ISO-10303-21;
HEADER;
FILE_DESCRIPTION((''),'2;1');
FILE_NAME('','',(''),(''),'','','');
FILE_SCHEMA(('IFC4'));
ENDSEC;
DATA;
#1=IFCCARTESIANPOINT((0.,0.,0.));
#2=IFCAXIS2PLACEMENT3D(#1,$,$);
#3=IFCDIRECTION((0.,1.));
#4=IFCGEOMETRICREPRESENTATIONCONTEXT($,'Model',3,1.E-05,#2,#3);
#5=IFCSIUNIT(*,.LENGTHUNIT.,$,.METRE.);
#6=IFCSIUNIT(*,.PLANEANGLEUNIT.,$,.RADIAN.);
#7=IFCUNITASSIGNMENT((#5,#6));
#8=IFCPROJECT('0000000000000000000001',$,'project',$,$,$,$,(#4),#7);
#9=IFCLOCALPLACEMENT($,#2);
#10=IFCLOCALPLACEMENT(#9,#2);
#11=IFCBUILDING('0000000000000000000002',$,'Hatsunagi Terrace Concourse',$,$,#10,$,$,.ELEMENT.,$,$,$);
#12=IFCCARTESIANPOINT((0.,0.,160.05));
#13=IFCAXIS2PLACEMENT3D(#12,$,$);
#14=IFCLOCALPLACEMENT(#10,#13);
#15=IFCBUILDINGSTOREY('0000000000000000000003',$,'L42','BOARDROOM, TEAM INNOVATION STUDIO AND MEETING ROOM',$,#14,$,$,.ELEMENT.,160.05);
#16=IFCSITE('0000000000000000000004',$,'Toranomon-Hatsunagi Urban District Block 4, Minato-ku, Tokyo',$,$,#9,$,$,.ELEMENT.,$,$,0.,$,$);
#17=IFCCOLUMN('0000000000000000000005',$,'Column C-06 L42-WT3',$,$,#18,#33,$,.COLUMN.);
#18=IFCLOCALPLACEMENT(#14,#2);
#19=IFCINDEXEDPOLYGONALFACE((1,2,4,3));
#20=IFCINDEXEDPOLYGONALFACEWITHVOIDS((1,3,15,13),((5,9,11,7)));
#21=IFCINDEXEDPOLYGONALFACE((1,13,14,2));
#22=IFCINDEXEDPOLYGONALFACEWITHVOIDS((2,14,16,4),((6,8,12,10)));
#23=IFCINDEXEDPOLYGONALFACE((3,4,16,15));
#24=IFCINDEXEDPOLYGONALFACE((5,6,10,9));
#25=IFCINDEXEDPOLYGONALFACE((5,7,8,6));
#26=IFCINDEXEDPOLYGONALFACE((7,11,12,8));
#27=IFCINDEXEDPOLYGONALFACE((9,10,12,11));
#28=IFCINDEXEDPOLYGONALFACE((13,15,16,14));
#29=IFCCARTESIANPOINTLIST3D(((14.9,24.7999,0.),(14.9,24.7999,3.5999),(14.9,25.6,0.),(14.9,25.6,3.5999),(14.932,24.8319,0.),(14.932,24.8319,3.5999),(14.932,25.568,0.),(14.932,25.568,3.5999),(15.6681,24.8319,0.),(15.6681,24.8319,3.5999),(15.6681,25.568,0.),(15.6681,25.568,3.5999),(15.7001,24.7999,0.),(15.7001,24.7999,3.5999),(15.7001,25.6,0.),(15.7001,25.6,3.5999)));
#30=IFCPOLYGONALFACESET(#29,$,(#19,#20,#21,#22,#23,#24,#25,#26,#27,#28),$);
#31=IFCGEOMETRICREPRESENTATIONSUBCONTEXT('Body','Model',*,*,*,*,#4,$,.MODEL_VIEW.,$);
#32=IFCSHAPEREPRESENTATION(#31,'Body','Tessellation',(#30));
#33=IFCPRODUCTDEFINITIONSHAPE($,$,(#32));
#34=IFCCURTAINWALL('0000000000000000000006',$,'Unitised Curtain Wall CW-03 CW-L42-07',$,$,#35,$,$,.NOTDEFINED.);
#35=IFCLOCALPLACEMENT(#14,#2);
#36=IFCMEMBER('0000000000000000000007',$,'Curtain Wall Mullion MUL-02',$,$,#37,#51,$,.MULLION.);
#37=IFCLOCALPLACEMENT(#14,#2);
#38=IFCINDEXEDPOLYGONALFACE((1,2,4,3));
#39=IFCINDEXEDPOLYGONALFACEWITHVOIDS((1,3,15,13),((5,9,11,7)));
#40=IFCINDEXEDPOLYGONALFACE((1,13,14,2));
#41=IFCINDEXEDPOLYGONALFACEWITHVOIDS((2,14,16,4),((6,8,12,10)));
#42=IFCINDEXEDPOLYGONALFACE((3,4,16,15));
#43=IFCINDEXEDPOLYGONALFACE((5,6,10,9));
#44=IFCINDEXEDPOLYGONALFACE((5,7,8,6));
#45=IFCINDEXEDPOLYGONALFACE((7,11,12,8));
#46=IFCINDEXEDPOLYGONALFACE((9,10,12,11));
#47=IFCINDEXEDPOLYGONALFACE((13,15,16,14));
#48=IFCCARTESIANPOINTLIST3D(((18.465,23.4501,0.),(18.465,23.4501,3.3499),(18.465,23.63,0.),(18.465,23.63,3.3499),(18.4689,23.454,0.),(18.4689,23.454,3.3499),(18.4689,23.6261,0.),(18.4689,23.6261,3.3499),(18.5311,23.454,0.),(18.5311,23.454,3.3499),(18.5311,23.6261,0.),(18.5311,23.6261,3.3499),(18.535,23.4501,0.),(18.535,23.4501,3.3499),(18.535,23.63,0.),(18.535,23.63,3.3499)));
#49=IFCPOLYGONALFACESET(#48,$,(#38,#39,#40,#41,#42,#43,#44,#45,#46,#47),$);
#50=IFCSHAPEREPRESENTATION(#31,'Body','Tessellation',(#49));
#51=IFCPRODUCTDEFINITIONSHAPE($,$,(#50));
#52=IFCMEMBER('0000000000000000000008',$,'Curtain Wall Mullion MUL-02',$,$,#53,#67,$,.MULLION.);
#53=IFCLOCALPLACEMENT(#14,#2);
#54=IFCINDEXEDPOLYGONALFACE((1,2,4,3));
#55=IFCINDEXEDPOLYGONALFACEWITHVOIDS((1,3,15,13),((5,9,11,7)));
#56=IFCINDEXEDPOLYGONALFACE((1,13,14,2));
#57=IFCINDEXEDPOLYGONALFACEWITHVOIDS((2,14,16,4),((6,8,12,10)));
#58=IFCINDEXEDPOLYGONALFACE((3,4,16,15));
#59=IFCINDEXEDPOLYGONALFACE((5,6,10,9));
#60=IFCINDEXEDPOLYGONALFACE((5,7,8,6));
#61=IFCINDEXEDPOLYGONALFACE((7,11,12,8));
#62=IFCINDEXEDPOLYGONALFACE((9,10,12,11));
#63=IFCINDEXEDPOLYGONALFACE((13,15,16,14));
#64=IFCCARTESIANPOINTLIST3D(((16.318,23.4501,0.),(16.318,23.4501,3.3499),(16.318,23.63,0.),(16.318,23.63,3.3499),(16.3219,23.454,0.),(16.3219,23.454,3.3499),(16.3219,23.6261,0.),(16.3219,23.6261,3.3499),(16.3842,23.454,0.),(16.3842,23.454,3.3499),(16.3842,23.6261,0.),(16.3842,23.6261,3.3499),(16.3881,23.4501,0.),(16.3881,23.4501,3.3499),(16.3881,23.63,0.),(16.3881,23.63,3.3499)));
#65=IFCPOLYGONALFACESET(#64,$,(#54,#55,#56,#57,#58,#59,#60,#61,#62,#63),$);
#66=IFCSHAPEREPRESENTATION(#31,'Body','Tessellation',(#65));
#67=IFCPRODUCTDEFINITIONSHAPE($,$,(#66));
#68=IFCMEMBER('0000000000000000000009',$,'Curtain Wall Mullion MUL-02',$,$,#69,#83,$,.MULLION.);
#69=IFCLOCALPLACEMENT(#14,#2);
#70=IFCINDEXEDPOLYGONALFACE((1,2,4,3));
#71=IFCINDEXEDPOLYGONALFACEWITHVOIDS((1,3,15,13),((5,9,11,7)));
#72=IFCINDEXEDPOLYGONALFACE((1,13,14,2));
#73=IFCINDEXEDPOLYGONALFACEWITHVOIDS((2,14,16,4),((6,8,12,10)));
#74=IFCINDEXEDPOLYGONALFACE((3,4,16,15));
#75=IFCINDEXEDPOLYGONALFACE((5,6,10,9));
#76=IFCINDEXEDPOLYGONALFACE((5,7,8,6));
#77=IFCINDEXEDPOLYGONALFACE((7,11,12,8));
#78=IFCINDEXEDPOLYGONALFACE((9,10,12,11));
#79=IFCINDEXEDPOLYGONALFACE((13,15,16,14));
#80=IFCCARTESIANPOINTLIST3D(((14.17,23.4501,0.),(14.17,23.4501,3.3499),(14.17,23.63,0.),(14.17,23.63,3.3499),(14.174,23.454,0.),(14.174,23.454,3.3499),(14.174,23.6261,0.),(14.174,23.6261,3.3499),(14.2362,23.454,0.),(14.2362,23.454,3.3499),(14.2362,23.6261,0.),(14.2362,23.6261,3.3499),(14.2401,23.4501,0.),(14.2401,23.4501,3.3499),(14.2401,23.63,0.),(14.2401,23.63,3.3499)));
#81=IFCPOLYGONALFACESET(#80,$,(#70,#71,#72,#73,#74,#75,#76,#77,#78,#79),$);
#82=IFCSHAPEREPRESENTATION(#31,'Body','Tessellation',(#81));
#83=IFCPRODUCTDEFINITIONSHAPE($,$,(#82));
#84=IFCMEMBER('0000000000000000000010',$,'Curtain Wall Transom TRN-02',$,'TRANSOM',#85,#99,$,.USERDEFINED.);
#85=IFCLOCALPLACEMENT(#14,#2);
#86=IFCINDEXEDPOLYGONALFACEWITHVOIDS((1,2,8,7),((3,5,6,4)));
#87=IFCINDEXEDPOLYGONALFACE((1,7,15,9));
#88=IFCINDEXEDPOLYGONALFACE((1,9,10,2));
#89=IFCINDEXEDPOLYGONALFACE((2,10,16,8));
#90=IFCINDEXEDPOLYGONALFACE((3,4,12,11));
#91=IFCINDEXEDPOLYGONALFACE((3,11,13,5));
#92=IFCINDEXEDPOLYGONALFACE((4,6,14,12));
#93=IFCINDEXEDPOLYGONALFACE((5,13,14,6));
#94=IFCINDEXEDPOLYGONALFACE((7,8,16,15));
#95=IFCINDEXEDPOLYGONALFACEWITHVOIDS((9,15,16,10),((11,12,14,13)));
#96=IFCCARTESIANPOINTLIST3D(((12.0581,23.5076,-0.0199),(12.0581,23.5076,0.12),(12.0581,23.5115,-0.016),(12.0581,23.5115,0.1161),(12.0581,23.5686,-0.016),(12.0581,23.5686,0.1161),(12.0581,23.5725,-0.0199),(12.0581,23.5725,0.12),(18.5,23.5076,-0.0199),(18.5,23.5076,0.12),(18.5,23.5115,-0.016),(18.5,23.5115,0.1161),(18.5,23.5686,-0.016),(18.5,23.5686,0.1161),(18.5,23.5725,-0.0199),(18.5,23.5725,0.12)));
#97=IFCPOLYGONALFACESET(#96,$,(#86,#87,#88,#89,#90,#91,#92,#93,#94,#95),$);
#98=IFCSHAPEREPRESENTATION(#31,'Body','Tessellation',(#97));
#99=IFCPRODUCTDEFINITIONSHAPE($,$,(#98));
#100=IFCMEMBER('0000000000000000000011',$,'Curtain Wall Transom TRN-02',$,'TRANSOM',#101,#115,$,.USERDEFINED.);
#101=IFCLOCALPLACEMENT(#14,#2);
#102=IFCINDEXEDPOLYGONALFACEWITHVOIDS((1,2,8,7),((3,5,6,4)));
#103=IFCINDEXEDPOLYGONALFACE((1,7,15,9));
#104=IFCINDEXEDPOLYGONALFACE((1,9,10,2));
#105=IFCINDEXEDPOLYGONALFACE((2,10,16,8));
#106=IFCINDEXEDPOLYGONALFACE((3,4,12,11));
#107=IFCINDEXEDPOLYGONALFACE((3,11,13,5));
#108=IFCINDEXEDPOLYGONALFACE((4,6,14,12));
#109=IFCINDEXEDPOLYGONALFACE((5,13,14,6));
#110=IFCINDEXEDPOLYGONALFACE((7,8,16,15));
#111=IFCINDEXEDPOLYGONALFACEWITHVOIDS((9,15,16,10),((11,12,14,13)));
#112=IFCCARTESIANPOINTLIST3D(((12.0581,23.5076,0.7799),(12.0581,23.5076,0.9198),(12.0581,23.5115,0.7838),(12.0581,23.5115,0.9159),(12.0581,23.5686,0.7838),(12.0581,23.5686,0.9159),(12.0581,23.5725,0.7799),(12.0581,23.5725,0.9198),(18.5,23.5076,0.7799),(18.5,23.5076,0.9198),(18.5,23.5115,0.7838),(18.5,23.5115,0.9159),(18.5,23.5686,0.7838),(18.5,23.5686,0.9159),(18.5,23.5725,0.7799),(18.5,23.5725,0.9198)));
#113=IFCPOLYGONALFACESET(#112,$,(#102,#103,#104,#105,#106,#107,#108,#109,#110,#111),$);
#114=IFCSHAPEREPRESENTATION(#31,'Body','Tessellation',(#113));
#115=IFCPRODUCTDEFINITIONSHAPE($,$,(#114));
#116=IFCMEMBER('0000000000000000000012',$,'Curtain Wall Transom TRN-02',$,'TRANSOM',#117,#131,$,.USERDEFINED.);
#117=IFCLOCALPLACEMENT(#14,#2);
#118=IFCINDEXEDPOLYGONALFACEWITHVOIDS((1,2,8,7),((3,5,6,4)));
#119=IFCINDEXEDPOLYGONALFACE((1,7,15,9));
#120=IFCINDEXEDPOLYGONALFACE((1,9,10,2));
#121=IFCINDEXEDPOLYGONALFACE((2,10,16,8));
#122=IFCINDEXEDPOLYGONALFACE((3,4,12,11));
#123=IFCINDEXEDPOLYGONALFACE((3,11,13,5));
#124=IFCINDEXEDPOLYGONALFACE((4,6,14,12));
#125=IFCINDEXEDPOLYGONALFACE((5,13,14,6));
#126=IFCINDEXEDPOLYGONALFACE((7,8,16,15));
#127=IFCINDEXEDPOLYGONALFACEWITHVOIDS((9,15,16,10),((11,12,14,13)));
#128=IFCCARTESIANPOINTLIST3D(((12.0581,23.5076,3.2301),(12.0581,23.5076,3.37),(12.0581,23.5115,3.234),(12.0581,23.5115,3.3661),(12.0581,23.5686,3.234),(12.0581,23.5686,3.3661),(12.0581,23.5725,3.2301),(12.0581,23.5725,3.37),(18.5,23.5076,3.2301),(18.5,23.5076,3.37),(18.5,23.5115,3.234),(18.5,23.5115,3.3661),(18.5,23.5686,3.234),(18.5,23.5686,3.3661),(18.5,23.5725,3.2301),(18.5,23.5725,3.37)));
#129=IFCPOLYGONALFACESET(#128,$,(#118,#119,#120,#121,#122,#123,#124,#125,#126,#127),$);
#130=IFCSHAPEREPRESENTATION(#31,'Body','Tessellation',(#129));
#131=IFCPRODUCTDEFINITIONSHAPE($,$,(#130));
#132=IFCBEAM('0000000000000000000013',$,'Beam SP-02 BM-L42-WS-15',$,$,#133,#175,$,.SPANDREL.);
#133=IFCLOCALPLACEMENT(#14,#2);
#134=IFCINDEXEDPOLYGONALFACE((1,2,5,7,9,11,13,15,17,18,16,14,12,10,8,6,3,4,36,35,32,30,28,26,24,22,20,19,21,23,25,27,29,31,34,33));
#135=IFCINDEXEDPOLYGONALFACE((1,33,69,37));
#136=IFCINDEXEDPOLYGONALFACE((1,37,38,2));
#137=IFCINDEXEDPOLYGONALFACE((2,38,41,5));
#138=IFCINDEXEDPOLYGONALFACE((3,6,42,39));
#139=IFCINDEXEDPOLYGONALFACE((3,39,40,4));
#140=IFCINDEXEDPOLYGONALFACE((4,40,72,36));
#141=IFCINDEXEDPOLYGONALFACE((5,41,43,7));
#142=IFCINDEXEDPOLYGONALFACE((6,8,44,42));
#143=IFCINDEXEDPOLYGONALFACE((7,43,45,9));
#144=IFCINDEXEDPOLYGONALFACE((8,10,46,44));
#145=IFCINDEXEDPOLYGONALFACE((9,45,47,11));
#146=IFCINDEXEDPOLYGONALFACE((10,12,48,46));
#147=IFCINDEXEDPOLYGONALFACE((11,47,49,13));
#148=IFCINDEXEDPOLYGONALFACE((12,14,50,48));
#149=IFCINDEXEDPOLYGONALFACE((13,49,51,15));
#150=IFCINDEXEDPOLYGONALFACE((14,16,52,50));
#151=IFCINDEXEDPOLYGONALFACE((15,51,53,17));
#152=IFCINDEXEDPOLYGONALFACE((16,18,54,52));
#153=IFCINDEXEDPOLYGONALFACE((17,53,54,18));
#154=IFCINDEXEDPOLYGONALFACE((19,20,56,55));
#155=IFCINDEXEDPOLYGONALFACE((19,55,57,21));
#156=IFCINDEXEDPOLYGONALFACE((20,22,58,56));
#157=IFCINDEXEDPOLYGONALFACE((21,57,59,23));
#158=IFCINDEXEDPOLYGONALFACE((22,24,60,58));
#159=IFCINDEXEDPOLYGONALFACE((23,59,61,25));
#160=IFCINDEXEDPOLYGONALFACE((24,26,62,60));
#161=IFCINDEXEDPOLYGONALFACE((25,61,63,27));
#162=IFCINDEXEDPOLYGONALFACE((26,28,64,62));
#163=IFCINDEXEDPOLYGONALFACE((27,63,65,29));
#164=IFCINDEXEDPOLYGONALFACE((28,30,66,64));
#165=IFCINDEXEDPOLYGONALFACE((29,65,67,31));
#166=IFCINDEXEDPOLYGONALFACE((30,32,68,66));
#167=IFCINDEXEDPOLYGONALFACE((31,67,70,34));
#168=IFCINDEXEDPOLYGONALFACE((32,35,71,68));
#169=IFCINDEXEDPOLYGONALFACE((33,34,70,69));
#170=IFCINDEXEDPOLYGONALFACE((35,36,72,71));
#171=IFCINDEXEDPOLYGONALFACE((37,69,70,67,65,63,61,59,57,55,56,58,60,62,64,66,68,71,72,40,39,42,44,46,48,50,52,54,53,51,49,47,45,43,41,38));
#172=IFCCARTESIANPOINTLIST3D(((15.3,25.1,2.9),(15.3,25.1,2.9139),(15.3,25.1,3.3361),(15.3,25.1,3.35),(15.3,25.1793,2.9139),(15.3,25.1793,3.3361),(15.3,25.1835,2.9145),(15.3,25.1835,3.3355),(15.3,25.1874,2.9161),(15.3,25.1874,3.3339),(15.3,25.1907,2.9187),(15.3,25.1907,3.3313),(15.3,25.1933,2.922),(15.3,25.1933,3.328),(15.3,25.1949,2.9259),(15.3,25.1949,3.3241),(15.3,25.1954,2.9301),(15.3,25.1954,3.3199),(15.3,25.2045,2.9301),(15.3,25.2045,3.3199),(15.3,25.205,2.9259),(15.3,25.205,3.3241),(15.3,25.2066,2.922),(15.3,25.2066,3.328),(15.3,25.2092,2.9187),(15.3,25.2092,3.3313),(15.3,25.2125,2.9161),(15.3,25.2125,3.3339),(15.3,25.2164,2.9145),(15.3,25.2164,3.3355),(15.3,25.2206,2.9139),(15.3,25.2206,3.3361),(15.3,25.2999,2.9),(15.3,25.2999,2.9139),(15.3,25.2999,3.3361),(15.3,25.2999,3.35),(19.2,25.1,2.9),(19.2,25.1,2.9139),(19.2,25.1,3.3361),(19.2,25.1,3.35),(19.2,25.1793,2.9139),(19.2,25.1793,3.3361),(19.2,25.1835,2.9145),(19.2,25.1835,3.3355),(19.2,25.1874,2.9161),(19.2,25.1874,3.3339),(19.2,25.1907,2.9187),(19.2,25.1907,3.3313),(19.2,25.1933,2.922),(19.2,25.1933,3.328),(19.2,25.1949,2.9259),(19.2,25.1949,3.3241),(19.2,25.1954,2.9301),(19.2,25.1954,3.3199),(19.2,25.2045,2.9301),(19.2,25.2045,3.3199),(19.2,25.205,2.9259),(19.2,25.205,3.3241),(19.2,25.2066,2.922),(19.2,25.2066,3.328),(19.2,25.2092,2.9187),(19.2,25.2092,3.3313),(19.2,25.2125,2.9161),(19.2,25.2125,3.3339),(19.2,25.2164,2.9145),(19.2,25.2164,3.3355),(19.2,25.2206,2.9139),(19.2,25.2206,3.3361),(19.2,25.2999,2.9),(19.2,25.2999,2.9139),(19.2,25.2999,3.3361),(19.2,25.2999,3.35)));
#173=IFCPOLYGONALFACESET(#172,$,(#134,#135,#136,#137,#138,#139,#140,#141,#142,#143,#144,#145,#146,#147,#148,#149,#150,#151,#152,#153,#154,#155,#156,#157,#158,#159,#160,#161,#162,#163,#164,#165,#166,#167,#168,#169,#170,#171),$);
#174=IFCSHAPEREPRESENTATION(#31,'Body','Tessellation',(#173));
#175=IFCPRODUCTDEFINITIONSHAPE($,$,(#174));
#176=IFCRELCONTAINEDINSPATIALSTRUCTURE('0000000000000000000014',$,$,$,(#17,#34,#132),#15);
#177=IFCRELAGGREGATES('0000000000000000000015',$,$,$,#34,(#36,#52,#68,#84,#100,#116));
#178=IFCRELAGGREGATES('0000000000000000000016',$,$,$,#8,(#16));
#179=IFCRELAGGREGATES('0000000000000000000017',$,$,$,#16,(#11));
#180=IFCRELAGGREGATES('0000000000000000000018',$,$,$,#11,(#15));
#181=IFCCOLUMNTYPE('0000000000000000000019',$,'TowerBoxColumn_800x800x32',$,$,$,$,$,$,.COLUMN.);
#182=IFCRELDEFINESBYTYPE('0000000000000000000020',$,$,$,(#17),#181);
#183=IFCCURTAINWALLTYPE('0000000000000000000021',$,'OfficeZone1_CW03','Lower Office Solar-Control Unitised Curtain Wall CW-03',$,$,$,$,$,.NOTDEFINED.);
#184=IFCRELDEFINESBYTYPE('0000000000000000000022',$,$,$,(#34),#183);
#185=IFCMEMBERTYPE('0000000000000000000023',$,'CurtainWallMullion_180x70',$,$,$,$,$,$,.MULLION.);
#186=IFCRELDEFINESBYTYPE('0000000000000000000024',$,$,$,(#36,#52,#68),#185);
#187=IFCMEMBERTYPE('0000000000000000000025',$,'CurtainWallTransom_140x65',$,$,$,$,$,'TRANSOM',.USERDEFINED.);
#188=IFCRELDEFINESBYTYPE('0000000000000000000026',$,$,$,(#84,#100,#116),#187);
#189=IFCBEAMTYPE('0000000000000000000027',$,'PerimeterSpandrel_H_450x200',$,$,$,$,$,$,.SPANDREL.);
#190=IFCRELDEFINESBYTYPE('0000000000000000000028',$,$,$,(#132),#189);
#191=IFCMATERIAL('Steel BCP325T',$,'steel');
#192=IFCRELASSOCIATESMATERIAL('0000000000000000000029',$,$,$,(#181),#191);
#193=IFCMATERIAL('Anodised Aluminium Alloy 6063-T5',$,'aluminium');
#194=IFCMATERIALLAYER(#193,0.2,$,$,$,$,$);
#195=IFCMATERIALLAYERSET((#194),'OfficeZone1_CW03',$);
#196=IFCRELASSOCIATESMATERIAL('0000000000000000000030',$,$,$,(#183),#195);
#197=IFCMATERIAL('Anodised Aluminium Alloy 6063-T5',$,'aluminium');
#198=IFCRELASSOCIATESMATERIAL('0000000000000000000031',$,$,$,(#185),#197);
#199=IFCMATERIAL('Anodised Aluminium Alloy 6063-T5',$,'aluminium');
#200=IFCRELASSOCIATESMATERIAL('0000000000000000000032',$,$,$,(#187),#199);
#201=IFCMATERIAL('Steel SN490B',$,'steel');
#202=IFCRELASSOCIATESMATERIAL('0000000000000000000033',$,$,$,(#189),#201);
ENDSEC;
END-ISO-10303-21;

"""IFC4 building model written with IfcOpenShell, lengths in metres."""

from ifc_helpers import new_model, si_unit, direction, frame, origin, origin_2d, place, context, subcontext, project, spatial, hollow_rectangle, i_section, extrude, material, layer, layer_set, material_profile, profile_set, type_object, element, aggregate, save


model = new_model("IFC4")

# Units and contexts
model_context = context("Model", 3, precision=1e-05, world=origin(), true_north=direction((0.0, 1.0)))
body_context = subcontext(model_context, "Body", "Model", "MODEL_VIEW")
ifc_project = project(units=[si_unit("LENGTHUNIT", "METRE"), si_unit("PLANEANGLEUNIT", "RADIAN")], contexts=[model_context])

# Site, building, storey
site_placement = place(None, origin())
site = spatial("IfcSite", under=ifc_project, at=site_placement, Name="Toranomon-Hatsunagi Urban District Block 4, Minato-ku, Tokyo", CompositionType="ELEMENT", RefElevation=0.0)
building_placement = place(site_placement, origin())
building = spatial("IfcBuilding", under=site, at=building_placement, Name="Hatsunagi Terrace Concourse", CompositionType="ELEMENT")
storey_placement = place(building_placement, frame((0.0, 0.0, 160.05)))
storey = spatial("IfcBuildingStorey", under=building, at=storey_placement, Name="L42", Description="BOARDROOM, TEAM INNOVATION STUDIO AND MEETING ROOM", CompositionType="ELEMENT", Elevation=160.05)

# Column
ifc_material_1 = material(Name="Steel BCP325T", Category="steel")
ifc_material_profile_1 = material_profile(ifc_material_1, hollow_rectangle(XDim=0.8, YDim=0.8, WallThickness=0.032, at=origin_2d()), Name="BCP-800x800x32")
ifc_profile_set_1 = profile_set([ifc_material_profile_1], Name="Steel BCP325T")
column_type = type_object("IfcColumnType", Name="TowerBoxColumn_800x800x32", PredefinedType="COLUMN", material=ifc_profile_set_1)
column_placement = place(storey_placement, frame((15.3, 25.2, 0.0), z_axis=(0.0, 0.0, 1.0), x_axis=(1.0, 0.0, 0.0)))
element("IfcColumn", 1, at=column_placement, inside=storey, type_object=column_type, Name="Column C-06 L42-WT3", PredefinedType="COLUMN", context=body_context, shape_type="SweptSolid", body=[
    extrude(hollow_rectangle(XDim=0.8, YDim=0.8, WallThickness=0.032, at=origin_2d()), origin(), (0.0, 0.0, 1.0), 3.5999),
])

# Curtain wall, members
ifc_material_2 = material(Name="Anodised Aluminium Alloy 6063-T5", Category="aluminium")
ifc_layer_1 = layer(ifc_material_2, 0.2)
ifc_layer_set_1 = layer_set([ifc_layer_1], Name="OfficeZone1_CW03")
curtain_wall_type = type_object("IfcCurtainWallType", Name="OfficeZone1_CW03", Description="Lower Office Solar-Control Unitised Curtain Wall CW-03", PredefinedType="NOTDEFINED", material=ifc_layer_set_1)
curtain_wall_placement = place(storey_placement, origin())
curtain_wall = element("IfcCurtainWall", 2, at=curtain_wall_placement, inside=storey, type_object=curtain_wall_type, Name="Unitised Curtain Wall CW-03 CW-L42-07", PredefinedType="NOTDEFINED")
ifc_material_3 = material(Name="Anodised Aluminium Alloy 6063-T5", Category="aluminium")
ifc_material_profile_2 = material_profile(ifc_material_3, hollow_rectangle(XDim=0.0701, YDim=0.1799, WallThickness=0.0039, at=origin_2d()), Name="ALU-MUL-180x70x4")
ifc_profile_set_2 = profile_set([ifc_material_profile_2], Name="Anodised Aluminium Alloy 6063-T5")
member_type_1 = type_object("IfcMemberType", Name="CurtainWallMullion_180x70", PredefinedType="MULLION", material=ifc_profile_set_2)
member_1_placement = place(storey_placement, frame((18.5, 23.54, 0.0), z_axis=(0.0, 0.0, 1.0), x_axis=(-1.0, 0.0, 0.0)))
member_1 = element("IfcMember", 3, at=member_1_placement, type_object=member_type_1, Name="Curtain Wall Mullion MUL-02", PredefinedType="MULLION", context=body_context, shape_type="SweptSolid", body=[
    extrude(hollow_rectangle(XDim=0.0701, YDim=0.1799, WallThickness=0.0039, at=origin_2d()), origin(), (0.0, 0.0, 1.0), 3.3499),
])
member_2_placement = place(storey_placement, frame((16.353, 23.54, 0.0), z_axis=(0.0, 0.0, 1.0), x_axis=(-1.0, 0.0, 0.0)))
member_2 = element("IfcMember", 4, at=member_2_placement, type_object=member_type_1, Name="Curtain Wall Mullion MUL-02", PredefinedType="MULLION", context=body_context, shape_type="SweptSolid", body=[
    extrude(hollow_rectangle(XDim=0.0701, YDim=0.1799, WallThickness=0.0039, at=origin_2d()), origin(), (0.0, 0.0, 1.0), 3.3499),
])
member_3_placement = place(storey_placement, frame((14.2051, 23.54, 0.0), z_axis=(0.0, 0.0, 1.0), x_axis=(-1.0, 0.0, 0.0)))
member_3 = element("IfcMember", 5, at=member_3_placement, type_object=member_type_1, Name="Curtain Wall Mullion MUL-02", PredefinedType="MULLION", context=body_context, shape_type="SweptSolid", body=[
    extrude(hollow_rectangle(XDim=0.0701, YDim=0.1799, WallThickness=0.0039, at=origin_2d()), origin(), (0.0, 0.0, 1.0), 3.3499),
])
ifc_material_4 = material(Name="Anodised Aluminium Alloy 6063-T5", Category="aluminium")
ifc_material_profile_3 = material_profile(ifc_material_4, hollow_rectangle(XDim=0.0649, YDim=0.1399, WallThickness=0.0039, at=origin_2d()), Name="ALU-TRN-140x65x4")
ifc_profile_set_3 = profile_set([ifc_material_profile_3], Name="Anodised Aluminium Alloy 6063-T5")
member_type_2 = type_object("IfcMemberType", Name="CurtainWallTransom_140x65", ElementType="TRANSOM", PredefinedType="USERDEFINED", material=ifc_profile_set_3)
member_4_placement = place(storey_placement, frame((18.5, 23.54, 0.05), z_axis=(-1.0, 0.0, 0.0), x_axis=(0.0, -1.0, 0.0)))
member_4 = element("IfcMember", 6, at=member_4_placement, type_object=member_type_2, Name="Curtain Wall Transom TRN-02", ObjectType="TRANSOM", PredefinedType="USERDEFINED", context=body_context, shape_type="SweptSolid", body=[
    extrude(hollow_rectangle(XDim=0.0649, YDim=0.1399, WallThickness=0.0039, at=origin_2d()), origin(), (0.0, 0.0, 1.0), 6.4419),
])
member_5_placement = place(storey_placement, frame((18.5, 23.54, 0.8499), z_axis=(-1.0, 0.0, 0.0), x_axis=(0.0, -1.0, 0.0)))
member_5 = element("IfcMember", 7, at=member_5_placement, type_object=member_type_2, Name="Curtain Wall Transom TRN-02", ObjectType="TRANSOM", PredefinedType="USERDEFINED", context=body_context, shape_type="SweptSolid", body=[
    extrude(hollow_rectangle(XDim=0.0649, YDim=0.1399, WallThickness=0.0039, at=origin_2d()), origin(), (0.0, 0.0, 1.0), 6.4419),
])
member_6_placement = place(storey_placement, frame((18.5, 23.54, 3.3), z_axis=(-1.0, 0.0, 0.0), x_axis=(0.0, -1.0, 0.0)))
member_6 = element("IfcMember", 8, at=member_6_placement, type_object=member_type_2, Name="Curtain Wall Transom TRN-02", ObjectType="TRANSOM", PredefinedType="USERDEFINED", context=body_context, shape_type="SweptSolid", body=[
    extrude(hollow_rectangle(XDim=0.0649, YDim=0.1399, WallThickness=0.0039, at=origin_2d()), origin(), (0.0, 0.0, 1.0), 6.4419),
])

# Beam
ifc_material_5 = material(Name="Steel SN490B", Category="steel")
ifc_material_profile_4 = material_profile(ifc_material_5, i_section(OverallWidth=0.2, OverallDepth=0.45, WebThickness=0.009, FlangeThickness=0.0139, FilletRadius=0.0161, at=origin_2d()), Name="H-450x200x9x14")
ifc_profile_set_4 = profile_set([ifc_material_profile_4], Name="Steel SN490B")
beam_type = type_object("IfcBeamType", Name="PerimeterSpandrel_H_450x200", PredefinedType="SPANDREL", material=ifc_profile_set_4)
beam_placement = place(storey_placement, frame((15.3, 25.2, 3.125), z_axis=(1.0, 0.0, 0.0), x_axis=(0.0, 1.0, 0.0)))
element("IfcBeam", 9, at=beam_placement, inside=storey, type_object=beam_type, Name="Beam SP-02 BM-L42-WS-15", PredefinedType="SPANDREL", context=body_context, shape_type="SweptSolid", body=[
    extrude(i_section(OverallWidth=0.2, OverallDepth=0.45, WebThickness=0.009, FlangeThickness=0.0139, FilletRadius=0.0161, at=origin_2d()), origin(), (0.0, 0.0, 1.0), 3.8999),
])

aggregate(curtain_wall, [member_1, member_2, member_3, member_4, member_5, member_6])

save(model, "model.ifc")
